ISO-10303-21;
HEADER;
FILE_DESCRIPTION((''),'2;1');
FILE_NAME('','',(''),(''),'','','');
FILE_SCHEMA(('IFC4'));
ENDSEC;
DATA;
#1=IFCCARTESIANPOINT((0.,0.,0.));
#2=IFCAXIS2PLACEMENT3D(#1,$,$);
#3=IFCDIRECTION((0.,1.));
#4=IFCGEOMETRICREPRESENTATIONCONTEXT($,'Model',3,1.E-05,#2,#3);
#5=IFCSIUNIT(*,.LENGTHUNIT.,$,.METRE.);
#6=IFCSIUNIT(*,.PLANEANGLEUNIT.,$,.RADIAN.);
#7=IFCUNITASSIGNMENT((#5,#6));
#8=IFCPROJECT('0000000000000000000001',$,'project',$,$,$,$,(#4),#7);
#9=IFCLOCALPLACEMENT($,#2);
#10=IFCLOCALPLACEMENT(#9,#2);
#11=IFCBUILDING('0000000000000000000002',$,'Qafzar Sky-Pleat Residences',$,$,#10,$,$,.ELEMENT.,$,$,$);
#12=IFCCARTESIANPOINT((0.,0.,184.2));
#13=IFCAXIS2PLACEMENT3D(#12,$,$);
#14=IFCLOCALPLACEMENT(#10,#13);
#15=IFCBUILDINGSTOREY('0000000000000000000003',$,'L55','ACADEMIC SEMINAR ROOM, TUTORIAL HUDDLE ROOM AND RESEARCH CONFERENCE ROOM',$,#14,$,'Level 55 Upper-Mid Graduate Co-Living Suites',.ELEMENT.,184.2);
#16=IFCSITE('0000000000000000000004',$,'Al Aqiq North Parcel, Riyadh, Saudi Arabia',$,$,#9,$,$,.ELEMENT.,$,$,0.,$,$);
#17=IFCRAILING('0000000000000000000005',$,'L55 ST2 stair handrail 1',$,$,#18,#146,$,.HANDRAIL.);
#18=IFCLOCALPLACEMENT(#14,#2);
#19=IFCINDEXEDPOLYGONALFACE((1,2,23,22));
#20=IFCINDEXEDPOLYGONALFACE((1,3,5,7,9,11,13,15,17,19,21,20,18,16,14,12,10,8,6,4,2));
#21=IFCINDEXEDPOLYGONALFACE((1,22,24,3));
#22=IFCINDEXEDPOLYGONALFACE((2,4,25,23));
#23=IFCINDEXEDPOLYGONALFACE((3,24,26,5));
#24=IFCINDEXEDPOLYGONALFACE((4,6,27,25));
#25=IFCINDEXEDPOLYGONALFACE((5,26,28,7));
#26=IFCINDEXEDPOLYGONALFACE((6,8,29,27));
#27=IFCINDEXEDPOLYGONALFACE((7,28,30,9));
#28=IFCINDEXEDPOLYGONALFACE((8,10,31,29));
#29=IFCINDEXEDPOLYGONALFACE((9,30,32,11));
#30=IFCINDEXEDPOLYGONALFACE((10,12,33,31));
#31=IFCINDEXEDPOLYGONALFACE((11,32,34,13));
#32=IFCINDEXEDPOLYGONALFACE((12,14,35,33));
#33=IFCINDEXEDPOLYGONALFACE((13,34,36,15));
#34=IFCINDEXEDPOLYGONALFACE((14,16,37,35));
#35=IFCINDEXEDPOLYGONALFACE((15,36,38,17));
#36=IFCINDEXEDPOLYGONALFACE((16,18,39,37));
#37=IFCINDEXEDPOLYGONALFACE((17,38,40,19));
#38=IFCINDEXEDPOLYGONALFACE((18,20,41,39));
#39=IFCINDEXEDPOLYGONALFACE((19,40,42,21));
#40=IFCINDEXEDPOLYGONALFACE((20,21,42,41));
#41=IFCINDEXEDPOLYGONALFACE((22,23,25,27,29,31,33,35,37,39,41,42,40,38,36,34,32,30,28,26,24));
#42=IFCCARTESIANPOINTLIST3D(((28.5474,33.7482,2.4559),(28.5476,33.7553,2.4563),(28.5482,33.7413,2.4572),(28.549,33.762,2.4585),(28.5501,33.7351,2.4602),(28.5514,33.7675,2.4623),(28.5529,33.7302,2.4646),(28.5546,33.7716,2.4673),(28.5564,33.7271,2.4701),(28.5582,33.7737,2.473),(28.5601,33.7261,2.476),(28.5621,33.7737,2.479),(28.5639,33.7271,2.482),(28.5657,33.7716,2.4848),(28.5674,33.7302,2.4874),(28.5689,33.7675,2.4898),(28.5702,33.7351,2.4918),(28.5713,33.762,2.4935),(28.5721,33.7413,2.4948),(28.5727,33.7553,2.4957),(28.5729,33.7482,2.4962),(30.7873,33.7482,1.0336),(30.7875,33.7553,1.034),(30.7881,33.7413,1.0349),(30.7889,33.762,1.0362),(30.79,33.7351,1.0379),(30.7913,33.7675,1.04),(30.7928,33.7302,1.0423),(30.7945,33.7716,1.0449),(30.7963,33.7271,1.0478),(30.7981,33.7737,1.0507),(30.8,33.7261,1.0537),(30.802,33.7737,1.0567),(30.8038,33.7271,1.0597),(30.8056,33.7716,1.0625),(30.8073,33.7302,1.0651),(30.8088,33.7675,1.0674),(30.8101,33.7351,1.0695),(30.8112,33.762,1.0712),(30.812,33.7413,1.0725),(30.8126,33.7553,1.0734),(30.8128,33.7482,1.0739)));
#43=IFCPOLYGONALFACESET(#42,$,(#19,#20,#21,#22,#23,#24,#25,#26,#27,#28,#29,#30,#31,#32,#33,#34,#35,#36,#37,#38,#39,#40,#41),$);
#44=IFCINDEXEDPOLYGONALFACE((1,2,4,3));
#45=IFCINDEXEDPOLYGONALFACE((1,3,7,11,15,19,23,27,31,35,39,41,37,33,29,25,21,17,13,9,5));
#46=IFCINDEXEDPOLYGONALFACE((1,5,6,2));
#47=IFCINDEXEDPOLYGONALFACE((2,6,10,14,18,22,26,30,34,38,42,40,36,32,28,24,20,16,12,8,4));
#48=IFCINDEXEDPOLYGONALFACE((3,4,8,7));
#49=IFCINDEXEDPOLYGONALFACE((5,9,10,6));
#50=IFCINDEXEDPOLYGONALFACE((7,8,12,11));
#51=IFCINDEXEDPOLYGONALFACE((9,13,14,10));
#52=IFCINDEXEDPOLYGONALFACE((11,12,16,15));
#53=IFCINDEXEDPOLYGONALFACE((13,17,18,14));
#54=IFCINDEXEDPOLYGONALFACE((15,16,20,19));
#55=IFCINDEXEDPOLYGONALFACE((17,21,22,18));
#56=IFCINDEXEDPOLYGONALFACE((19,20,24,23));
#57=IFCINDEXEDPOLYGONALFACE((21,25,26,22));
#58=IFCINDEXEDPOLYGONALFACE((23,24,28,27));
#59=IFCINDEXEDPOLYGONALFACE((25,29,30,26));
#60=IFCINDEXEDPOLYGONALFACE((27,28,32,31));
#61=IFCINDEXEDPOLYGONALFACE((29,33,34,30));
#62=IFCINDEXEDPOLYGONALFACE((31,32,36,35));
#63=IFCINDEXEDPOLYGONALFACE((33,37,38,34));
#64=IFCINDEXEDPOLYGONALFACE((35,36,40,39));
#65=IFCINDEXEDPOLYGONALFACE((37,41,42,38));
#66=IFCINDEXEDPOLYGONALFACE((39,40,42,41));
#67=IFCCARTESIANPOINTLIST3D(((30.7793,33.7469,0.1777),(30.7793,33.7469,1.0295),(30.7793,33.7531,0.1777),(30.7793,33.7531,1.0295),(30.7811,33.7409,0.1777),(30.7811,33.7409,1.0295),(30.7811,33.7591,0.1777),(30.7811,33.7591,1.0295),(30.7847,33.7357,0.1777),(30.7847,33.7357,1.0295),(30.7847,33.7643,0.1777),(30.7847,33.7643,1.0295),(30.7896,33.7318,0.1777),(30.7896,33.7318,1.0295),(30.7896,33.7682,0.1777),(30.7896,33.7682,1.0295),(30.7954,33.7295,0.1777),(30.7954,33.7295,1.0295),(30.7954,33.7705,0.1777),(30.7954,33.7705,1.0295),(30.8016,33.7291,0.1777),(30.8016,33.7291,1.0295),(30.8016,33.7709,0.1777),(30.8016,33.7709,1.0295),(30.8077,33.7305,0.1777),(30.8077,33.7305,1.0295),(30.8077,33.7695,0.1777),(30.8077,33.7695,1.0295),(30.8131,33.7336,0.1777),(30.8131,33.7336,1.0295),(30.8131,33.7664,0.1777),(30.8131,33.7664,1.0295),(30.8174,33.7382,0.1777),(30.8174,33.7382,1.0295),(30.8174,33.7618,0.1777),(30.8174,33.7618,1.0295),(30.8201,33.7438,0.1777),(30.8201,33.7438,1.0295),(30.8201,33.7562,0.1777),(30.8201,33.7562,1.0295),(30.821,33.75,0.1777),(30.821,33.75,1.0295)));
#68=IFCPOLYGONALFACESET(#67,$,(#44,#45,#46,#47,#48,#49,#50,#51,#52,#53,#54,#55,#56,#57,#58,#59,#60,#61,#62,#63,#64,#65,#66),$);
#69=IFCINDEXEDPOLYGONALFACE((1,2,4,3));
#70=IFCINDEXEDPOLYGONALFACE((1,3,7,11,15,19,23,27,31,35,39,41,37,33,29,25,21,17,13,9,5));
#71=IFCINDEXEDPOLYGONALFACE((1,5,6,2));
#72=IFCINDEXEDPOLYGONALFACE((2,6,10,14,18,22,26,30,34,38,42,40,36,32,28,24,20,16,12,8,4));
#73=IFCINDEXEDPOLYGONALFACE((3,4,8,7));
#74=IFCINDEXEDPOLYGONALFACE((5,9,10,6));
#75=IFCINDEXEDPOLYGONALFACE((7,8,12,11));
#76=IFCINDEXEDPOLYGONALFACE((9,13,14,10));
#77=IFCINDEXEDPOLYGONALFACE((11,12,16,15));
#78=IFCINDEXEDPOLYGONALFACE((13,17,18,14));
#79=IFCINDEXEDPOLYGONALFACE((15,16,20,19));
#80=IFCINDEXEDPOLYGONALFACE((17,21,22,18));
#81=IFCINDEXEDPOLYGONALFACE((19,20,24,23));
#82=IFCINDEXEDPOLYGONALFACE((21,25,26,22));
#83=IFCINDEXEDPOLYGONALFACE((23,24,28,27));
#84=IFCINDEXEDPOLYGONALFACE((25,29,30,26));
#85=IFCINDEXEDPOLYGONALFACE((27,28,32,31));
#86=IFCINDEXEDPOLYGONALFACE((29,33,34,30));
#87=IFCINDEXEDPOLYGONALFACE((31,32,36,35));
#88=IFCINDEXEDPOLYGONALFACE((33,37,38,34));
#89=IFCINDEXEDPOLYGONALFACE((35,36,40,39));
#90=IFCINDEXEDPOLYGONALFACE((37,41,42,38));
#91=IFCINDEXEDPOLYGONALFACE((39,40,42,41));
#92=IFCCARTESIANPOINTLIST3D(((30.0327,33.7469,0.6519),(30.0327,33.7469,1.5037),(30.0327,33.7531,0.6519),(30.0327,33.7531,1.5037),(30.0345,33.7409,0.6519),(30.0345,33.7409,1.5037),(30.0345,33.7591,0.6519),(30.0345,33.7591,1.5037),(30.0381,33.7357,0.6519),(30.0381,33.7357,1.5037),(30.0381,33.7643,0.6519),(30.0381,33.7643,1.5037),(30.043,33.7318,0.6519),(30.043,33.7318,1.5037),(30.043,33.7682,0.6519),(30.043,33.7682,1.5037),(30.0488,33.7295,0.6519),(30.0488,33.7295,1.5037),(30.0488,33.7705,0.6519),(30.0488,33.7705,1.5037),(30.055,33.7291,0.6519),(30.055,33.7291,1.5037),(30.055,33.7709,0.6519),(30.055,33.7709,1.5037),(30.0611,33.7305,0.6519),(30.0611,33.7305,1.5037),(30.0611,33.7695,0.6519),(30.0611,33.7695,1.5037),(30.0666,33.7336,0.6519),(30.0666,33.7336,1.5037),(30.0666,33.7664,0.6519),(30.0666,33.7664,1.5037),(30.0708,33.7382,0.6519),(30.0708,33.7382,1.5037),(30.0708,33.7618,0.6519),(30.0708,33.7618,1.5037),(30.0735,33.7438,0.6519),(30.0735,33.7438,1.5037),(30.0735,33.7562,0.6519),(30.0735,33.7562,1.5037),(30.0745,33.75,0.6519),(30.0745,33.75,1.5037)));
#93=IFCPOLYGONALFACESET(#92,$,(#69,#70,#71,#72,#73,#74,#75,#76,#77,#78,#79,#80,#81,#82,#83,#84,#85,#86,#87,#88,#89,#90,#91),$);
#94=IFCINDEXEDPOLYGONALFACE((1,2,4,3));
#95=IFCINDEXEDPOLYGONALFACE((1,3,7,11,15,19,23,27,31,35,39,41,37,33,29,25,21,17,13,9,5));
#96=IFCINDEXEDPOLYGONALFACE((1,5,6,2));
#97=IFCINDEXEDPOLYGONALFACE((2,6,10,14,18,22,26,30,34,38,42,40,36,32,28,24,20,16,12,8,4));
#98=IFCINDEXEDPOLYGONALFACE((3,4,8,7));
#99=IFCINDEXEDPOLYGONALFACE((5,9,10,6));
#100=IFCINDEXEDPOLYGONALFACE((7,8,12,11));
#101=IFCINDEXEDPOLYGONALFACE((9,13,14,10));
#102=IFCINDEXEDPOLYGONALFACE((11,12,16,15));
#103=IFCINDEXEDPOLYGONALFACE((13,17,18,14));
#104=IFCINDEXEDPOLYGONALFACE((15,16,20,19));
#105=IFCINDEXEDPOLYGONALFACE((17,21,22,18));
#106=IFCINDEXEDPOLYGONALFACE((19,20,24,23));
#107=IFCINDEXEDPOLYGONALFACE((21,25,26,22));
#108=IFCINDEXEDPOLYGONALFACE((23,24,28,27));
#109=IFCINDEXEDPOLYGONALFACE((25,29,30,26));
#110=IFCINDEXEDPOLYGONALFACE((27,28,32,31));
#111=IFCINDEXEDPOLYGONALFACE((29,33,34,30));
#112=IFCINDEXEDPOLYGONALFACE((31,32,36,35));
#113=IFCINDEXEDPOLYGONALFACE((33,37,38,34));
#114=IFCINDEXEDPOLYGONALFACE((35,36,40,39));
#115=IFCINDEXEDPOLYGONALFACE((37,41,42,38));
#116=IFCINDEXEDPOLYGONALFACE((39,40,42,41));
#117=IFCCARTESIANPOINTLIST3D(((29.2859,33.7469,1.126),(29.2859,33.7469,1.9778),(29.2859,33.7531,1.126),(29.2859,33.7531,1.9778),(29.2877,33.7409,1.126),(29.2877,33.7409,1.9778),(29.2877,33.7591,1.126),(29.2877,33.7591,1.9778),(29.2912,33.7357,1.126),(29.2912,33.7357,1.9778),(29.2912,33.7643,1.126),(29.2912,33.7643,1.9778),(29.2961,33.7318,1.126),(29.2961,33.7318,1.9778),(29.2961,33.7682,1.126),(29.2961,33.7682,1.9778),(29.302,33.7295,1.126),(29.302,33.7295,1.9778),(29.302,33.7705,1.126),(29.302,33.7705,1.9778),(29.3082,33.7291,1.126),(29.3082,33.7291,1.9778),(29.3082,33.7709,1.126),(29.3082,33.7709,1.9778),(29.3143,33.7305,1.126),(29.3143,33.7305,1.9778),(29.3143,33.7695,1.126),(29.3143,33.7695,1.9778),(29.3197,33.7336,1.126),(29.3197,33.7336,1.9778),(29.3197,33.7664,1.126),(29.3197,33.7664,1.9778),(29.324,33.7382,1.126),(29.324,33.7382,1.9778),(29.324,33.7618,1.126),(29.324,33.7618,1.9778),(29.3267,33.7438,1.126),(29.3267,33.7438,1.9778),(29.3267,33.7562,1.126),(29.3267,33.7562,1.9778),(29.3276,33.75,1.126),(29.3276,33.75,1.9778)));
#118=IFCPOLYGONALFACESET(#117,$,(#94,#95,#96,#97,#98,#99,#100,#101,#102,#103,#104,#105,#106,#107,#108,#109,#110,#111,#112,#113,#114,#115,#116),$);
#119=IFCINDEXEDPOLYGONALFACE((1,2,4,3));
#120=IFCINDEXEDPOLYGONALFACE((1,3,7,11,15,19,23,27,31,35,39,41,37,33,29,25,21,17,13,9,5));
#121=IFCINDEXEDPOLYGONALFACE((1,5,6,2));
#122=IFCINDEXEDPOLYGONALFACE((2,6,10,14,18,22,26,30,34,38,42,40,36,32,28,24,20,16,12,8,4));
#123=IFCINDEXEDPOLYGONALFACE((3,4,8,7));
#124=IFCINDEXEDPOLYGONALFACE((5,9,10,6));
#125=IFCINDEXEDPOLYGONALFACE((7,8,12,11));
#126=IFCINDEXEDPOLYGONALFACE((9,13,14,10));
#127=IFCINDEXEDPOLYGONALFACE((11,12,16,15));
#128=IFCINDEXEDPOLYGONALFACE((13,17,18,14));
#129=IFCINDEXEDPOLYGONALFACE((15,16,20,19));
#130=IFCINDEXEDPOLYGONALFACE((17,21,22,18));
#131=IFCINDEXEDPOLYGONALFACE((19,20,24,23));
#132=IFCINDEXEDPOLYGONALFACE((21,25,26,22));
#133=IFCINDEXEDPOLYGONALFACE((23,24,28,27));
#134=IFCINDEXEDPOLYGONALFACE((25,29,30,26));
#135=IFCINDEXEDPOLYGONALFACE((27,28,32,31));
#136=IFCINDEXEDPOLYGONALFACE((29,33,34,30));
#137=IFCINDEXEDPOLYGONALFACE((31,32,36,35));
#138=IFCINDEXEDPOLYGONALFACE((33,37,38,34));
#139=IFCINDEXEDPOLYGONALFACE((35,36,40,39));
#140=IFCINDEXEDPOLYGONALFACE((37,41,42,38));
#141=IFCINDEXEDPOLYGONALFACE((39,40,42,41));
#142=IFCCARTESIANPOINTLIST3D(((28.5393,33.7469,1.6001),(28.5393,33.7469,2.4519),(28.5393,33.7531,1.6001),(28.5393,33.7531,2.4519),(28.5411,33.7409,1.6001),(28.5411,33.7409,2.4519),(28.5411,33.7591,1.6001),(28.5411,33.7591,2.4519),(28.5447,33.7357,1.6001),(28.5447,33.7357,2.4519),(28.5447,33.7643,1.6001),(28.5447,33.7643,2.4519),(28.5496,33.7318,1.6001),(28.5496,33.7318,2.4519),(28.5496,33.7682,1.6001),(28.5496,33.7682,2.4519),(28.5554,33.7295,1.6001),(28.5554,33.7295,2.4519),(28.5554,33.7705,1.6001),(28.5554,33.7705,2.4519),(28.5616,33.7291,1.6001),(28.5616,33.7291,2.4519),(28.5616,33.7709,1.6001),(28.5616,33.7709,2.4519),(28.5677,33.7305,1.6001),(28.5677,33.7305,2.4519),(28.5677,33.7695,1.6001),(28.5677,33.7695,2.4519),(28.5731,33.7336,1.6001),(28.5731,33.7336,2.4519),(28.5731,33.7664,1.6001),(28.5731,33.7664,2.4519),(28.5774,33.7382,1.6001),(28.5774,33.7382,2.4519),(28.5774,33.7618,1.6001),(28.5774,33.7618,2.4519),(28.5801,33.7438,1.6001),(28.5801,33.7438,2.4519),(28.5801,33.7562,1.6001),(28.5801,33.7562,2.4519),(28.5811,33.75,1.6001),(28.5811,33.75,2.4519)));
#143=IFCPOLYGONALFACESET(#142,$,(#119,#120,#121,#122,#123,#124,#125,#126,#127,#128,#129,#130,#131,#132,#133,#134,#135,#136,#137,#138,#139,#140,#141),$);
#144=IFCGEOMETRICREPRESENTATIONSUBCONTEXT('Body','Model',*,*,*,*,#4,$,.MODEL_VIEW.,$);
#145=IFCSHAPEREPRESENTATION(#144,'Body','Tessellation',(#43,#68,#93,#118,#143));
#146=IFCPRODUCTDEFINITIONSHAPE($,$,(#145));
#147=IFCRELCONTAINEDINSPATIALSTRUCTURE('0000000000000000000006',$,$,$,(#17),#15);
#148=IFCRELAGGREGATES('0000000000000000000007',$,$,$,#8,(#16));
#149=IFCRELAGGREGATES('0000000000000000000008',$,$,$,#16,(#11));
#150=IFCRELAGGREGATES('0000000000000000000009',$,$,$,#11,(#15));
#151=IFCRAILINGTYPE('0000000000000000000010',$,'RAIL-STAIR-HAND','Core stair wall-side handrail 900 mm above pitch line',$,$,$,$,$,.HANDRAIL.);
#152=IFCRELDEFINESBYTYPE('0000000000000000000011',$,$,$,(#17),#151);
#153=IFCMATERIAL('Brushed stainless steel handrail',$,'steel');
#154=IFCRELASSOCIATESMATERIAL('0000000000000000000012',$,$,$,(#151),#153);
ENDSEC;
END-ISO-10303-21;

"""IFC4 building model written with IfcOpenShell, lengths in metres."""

from ifc_helpers import new_model, si_unit, direction, frame, origin, origin_2d, place, context, subcontext, project, spatial, circle, extrude, source, transform, mapped, material, type_object, element, save


model = new_model("IFC4")

# Units and contexts
model_context = context("Model", 3, precision=1e-05, world=origin(), true_north=direction((0.0, 1.0)))
body_context = subcontext(model_context, "Body", "Model", "MODEL_VIEW")
ifc_project = project(units=[si_unit("LENGTHUNIT", "METRE"), si_unit("PLANEANGLEUNIT", "RADIAN")], contexts=[model_context])

# Site, building, storey
site_placement = place(None, origin())
site = spatial("IfcSite", under=ifc_project, at=site_placement, Name="Al Aqiq North Parcel, Riyadh, Saudi Arabia", CompositionType="ELEMENT", RefElevation=0.0)
building_placement = place(site_placement, origin())
building = spatial("IfcBuilding", under=site, at=building_placement, Name="Qafzar Sky-Pleat Residences", CompositionType="ELEMENT")
storey_placement = place(building_placement, frame((0.0, 0.0, 184.2)))
storey = spatial("IfcBuildingStorey", under=building, at=storey_placement, Name="L55", Description="ACADEMIC SEMINAR ROOM, TUTORIAL HUDDLE ROOM AND RESEARCH CONFERENCE ROOM", LongName="Level 55 Upper-Mid Graduate Co-Living Suites", CompositionType="ELEMENT", Elevation=184.2)

# Railing
ifc_material_1 = material(Name="Brushed stainless steel handrail", Category="steel")
railing_type_1 = type_object("IfcRailingType", Name="RAIL-STAIR-HAND", Description="Core stair wall-side handrail 900 mm above pitch line", PredefinedType="HANDRAIL", material=ifc_material_1)
shared_shape_1 = source(origin(), body_context, "Body", "SweptSolid", [
    extrude(circle(Radius=0.0239, at=origin_2d()), frame((0.0, 0.0, 0.876), z_axis=(-0.844188, 0.0, 0.536048), x_axis=(0.0, -1.0, 0.0)), (0.0, 0.0, 1.0), 2.6533),
    extrude(circle(Radius=0.021, at=origin_2d()), origin(), (0.0, 0.0, 1.0), 0.8518),
    extrude(circle(Radius=0.021, at=origin_2d()), frame((-0.7466, 0.0, 0.4741)), (0.0, 0.0, 1.0), 0.8518),
    extrude(circle(Radius=0.021, at=origin_2d()), frame((-1.4934, 0.0, 0.9482)), (0.0, 0.0, 1.0), 0.8518),
    extrude(circle(Radius=0.021, at=origin_2d()), frame((-2.24, 0.0, 1.4224)), (0.0, 0.0, 1.0), 0.8518),
])
railing_1_placement = place(storey_placement, frame((30.8, 33.75, 0.1777)))
element("IfcRailing", 1, at=railing_1_placement, inside=storey, type_object=railing_type_1, Name="L55 ST2 stair handrail 1", PredefinedType="HANDRAIL", context=body_context, shape_type="MappedRepresentation", body=[
    mapped(shared_shape_1, transform((0.0, 0.0, 0.0), x_axis=(1.0, 0.0, 0.0), y_axis=(0.0, 1.0, 0.0), z_axis=(0.0, 0.0, 1.0), scale=1.0)),
])

save(model, "model.ifc")
